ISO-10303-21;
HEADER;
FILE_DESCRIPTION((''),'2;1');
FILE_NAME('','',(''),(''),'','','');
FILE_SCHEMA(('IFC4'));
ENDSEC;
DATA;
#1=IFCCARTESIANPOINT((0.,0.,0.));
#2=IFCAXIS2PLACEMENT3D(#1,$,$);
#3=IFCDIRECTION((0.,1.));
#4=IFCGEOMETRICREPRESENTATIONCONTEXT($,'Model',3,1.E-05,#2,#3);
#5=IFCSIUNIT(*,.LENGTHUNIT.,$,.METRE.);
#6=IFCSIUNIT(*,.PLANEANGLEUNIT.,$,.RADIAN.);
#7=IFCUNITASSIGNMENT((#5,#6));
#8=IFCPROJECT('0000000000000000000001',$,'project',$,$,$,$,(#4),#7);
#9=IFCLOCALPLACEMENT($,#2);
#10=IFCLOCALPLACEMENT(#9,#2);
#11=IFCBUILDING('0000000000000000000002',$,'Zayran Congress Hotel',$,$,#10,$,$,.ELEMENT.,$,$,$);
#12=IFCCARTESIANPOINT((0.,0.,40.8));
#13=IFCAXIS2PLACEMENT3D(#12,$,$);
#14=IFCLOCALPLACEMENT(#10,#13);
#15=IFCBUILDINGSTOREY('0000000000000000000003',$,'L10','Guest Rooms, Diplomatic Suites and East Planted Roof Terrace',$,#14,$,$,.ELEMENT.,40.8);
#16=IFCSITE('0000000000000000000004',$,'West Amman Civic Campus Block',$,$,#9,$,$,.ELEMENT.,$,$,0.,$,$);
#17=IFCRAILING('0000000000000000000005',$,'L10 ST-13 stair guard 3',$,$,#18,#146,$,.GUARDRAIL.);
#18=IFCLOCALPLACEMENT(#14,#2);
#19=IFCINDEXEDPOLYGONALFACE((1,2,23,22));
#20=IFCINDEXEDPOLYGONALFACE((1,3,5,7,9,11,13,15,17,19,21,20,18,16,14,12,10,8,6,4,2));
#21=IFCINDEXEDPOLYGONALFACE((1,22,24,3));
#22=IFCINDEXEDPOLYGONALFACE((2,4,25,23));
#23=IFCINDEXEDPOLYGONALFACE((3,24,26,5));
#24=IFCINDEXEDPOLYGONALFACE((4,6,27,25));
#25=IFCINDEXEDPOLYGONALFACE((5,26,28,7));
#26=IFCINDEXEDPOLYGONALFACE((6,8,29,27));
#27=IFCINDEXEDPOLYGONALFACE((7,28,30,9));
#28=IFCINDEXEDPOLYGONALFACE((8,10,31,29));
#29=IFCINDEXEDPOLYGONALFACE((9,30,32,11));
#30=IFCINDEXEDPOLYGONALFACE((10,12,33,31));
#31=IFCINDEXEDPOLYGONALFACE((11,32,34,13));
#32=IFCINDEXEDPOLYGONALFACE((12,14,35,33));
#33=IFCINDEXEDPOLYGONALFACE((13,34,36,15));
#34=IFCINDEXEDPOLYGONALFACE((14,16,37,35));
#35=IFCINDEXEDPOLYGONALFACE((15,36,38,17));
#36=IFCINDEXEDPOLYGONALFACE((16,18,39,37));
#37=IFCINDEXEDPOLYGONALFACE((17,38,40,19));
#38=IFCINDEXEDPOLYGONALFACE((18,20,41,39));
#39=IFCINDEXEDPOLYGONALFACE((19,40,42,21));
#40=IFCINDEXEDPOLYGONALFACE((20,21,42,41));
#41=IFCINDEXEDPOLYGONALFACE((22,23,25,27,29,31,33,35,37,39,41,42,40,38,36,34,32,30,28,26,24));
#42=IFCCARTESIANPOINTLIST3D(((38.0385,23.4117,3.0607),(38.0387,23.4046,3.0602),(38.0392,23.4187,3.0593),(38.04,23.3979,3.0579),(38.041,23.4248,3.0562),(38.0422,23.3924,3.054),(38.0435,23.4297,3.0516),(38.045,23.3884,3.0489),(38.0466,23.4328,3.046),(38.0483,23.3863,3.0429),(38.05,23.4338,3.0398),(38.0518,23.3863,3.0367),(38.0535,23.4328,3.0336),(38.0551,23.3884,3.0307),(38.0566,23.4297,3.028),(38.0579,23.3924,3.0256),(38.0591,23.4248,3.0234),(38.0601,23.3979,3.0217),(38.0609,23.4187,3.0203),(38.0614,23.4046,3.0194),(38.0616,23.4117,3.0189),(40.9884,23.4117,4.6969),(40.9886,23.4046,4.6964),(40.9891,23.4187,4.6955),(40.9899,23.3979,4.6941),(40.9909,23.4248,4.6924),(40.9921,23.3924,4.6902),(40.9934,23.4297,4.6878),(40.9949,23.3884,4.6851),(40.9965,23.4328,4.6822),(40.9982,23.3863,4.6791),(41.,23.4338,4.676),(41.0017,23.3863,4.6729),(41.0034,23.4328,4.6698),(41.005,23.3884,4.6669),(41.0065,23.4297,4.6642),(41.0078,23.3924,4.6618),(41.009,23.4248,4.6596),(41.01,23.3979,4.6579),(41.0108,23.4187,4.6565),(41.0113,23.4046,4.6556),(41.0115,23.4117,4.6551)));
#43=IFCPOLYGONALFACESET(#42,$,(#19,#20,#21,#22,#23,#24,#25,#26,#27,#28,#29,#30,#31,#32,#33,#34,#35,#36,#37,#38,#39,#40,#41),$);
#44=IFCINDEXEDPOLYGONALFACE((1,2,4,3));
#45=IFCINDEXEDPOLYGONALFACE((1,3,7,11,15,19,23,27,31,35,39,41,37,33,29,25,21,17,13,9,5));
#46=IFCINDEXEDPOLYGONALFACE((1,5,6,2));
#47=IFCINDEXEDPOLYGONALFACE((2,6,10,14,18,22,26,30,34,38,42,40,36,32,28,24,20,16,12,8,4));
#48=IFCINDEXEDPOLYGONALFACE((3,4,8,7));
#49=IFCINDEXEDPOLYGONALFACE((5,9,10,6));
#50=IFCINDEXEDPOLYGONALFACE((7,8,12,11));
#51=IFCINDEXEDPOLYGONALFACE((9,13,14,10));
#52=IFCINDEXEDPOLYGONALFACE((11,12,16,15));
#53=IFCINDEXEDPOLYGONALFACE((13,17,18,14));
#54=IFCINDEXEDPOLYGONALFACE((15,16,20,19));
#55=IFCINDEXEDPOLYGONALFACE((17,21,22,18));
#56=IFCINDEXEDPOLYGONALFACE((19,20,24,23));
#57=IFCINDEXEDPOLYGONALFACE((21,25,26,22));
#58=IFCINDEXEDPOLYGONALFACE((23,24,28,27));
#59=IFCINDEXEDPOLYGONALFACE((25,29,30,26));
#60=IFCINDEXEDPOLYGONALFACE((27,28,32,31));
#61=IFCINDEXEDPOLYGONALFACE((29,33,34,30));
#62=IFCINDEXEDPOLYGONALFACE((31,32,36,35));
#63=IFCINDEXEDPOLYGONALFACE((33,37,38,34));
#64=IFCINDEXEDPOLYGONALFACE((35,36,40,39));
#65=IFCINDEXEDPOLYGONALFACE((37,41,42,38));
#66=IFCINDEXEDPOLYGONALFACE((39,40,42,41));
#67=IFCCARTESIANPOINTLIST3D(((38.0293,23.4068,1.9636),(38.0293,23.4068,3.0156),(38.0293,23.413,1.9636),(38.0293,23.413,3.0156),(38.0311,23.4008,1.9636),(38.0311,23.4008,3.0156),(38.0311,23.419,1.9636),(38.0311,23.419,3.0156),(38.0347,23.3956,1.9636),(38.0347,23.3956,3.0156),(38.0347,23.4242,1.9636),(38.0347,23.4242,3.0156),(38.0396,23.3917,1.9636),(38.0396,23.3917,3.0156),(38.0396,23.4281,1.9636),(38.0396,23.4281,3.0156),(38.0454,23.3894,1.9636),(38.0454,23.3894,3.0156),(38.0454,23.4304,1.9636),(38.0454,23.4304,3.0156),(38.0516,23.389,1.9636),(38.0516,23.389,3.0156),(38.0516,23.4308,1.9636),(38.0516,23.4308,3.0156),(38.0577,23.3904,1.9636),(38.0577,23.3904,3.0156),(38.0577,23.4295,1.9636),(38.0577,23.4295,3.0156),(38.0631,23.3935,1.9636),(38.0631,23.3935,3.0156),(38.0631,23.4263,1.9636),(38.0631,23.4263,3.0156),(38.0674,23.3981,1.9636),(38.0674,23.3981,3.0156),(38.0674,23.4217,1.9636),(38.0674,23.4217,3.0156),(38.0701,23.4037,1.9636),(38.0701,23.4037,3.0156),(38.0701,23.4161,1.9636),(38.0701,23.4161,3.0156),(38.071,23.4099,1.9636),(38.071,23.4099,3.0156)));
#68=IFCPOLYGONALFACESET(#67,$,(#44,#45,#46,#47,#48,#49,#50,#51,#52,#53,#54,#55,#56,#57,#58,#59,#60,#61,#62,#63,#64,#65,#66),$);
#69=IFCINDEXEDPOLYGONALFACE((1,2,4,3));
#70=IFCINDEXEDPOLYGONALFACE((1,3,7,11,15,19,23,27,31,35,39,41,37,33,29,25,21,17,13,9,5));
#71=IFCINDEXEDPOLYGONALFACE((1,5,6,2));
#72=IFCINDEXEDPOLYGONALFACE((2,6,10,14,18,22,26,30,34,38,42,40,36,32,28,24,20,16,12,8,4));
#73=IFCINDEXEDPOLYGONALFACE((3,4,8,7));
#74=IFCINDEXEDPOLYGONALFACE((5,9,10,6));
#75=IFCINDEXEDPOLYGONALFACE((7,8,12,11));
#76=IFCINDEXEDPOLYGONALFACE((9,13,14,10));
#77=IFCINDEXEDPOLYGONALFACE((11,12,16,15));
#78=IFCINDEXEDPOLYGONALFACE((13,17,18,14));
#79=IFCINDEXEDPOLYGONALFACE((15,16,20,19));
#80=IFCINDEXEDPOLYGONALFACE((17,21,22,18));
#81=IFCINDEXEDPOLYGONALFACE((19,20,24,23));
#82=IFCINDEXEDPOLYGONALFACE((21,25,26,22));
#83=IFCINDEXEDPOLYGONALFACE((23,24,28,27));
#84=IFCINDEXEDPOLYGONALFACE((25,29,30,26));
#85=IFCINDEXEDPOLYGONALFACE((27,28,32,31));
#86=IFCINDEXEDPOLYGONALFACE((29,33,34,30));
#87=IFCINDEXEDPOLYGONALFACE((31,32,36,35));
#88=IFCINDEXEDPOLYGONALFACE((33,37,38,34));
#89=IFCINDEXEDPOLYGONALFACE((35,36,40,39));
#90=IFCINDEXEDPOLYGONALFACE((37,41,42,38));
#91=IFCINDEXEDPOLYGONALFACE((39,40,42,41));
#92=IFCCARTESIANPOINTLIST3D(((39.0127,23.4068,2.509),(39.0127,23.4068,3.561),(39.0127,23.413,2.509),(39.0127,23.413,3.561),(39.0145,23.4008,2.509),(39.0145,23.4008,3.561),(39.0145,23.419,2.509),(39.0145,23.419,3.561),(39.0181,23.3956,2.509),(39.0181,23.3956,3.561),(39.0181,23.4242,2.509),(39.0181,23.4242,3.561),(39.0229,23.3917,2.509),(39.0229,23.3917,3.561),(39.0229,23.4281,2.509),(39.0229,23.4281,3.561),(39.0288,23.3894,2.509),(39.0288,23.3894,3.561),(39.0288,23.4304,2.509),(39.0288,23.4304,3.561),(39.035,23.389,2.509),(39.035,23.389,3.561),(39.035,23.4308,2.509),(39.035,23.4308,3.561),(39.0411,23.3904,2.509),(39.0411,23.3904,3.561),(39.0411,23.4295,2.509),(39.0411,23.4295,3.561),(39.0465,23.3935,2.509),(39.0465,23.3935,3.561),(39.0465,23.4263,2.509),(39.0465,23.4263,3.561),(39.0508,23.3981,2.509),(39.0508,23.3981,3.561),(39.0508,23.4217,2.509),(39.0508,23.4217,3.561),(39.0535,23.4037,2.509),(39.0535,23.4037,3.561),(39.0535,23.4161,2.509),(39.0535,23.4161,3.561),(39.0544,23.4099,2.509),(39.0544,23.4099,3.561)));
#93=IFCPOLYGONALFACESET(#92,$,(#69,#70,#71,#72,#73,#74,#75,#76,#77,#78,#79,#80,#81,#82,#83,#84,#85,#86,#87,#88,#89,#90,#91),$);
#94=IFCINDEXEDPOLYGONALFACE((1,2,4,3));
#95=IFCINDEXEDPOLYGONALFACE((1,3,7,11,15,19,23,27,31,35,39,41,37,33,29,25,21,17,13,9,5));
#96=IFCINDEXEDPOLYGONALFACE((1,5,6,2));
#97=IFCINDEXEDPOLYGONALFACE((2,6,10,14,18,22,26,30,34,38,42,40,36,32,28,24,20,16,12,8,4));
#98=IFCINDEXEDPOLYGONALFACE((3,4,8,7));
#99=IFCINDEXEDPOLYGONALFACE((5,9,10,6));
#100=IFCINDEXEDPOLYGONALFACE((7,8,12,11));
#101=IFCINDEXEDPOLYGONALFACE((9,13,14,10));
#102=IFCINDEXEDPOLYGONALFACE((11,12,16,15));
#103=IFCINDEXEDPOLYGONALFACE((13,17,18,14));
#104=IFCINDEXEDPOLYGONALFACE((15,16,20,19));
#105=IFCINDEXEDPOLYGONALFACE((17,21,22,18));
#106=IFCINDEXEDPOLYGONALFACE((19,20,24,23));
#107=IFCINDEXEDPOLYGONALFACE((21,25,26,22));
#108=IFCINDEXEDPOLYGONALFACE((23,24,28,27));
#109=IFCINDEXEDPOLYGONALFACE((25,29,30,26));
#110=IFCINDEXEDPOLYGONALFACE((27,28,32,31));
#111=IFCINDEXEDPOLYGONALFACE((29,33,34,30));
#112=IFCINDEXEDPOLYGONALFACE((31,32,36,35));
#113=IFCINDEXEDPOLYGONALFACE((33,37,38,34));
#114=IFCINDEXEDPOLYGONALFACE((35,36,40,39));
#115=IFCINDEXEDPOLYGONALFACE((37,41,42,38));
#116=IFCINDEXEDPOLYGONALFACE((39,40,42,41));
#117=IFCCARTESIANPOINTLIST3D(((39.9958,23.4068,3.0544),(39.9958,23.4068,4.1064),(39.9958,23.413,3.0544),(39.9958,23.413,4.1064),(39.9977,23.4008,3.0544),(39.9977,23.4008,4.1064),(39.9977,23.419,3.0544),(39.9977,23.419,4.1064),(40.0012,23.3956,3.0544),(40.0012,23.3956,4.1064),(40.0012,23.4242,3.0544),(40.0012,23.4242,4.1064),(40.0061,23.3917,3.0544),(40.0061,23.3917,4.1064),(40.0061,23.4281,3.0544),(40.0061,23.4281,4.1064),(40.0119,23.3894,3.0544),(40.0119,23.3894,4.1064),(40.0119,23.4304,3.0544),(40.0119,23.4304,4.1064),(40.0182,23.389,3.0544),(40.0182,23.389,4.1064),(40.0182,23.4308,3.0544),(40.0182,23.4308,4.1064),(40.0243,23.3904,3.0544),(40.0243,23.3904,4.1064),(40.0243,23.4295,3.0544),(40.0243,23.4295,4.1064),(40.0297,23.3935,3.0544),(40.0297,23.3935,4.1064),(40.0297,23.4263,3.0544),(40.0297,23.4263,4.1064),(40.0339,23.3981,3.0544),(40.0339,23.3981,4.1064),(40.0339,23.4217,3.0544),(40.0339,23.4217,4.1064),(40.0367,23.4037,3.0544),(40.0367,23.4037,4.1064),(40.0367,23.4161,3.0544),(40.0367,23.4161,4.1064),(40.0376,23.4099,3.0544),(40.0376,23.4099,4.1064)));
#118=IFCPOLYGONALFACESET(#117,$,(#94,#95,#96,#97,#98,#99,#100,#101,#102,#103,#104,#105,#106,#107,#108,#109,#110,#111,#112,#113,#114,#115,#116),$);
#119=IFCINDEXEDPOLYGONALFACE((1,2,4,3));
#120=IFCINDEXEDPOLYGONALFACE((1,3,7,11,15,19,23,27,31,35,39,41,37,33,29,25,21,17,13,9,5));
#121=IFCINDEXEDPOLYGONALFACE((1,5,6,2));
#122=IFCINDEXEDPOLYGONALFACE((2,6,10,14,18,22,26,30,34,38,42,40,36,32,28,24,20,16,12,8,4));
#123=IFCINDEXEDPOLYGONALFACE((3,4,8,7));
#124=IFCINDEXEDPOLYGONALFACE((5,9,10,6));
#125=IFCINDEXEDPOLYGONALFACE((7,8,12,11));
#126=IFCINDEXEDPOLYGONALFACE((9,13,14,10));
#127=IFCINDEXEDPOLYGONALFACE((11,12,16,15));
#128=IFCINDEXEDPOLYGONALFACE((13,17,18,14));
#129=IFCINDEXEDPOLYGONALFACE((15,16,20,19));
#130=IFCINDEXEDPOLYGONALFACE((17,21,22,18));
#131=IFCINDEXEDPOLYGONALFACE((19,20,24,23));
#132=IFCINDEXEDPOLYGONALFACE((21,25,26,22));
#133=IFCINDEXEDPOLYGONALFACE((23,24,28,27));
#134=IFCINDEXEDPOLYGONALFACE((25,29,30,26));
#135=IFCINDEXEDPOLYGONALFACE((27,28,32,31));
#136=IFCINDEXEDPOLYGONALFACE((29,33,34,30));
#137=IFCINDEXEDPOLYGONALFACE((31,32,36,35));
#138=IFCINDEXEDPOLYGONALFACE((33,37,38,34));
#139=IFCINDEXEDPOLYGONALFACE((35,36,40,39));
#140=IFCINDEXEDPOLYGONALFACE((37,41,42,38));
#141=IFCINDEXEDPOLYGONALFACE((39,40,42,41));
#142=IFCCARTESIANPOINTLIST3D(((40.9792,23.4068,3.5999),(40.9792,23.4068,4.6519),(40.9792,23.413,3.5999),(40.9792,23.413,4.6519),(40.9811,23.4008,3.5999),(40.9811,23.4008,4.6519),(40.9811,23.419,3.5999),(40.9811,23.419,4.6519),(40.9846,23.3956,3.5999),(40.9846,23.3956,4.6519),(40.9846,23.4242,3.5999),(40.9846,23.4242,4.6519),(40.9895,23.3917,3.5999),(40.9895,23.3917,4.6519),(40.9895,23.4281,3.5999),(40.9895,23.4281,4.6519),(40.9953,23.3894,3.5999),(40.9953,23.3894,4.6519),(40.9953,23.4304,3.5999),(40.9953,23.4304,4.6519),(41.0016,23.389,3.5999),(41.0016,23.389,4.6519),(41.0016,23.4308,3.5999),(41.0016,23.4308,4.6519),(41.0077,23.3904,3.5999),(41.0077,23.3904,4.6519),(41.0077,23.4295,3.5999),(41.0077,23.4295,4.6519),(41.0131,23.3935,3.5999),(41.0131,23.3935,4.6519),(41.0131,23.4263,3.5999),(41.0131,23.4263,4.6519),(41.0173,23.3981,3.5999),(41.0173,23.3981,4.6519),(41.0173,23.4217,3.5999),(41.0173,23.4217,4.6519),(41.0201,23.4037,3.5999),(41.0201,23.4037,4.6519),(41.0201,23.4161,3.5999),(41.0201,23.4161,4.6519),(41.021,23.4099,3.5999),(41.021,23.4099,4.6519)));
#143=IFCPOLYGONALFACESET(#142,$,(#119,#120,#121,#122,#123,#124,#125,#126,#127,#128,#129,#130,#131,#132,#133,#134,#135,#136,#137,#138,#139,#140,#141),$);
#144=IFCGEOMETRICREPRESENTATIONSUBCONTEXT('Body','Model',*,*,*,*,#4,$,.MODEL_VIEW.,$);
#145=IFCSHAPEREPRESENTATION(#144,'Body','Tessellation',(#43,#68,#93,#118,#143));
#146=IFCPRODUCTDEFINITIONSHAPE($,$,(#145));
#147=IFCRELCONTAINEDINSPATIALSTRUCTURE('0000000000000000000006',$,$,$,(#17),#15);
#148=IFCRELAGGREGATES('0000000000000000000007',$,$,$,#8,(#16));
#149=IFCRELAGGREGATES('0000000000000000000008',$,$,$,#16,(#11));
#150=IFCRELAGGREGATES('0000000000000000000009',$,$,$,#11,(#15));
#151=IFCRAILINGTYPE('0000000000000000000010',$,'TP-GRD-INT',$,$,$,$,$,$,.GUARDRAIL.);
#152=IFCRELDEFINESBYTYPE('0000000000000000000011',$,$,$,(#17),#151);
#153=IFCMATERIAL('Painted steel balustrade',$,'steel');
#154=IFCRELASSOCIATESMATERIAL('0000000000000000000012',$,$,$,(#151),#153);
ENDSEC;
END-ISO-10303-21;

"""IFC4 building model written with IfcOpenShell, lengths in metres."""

from ifc_helpers import new_model, si_unit, direction, frame, origin, origin_2d, place, context, subcontext, project, spatial, circle, extrude, material, type_object, element, save


model = new_model("IFC4")

# Units and contexts
model_context = context("Model", 3, precision=1e-05, world=origin(), true_north=direction((0.0, 1.0)))
body_context = subcontext(model_context, "Body", "Model", "MODEL_VIEW")
ifc_project = project(units=[si_unit("LENGTHUNIT", "METRE"), si_unit("PLANEANGLEUNIT", "RADIAN")], contexts=[model_context])

# Site, building, storey
site_placement = place(None, origin())
site = spatial("IfcSite", under=ifc_project, at=site_placement, Name="West Amman Civic Campus Block", CompositionType="ELEMENT", RefElevation=0.0)
building_placement = place(site_placement, origin())
building = spatial("IfcBuilding", under=site, at=building_placement, Name="Zayran Congress Hotel", CompositionType="ELEMENT")
storey_placement = place(building_placement, frame((0.0, 0.0, 40.8)))
storey = spatial("IfcBuildingStorey", under=building, at=storey_placement, Name="L10", Description="Guest Rooms, Diplomatic Suites and East Planted Roof Terrace", CompositionType="ELEMENT", Elevation=40.8)

# Railing
ifc_material_1 = material(Name="Painted steel balustrade", Category="steel")
railing_type_1 = type_object("IfcRailingType", Name="TP-GRD-INT", PredefinedType="GUARDRAIL", material=ifc_material_1)
railing_1_placement = place(storey_placement, frame((38.05, 23.4099, 1.9636)))
element("IfcRailing", 1, at=railing_1_placement, inside=storey, type_object=railing_type_1, Name="L10 ST-13 stair guard 3", PredefinedType="GUARDRAIL", context=body_context, shape_type="SweptSolid", body=[
    extrude(circle(Radius=0.0239, at=origin_2d()), frame((0.0, 0.0, 1.0762), z_axis=(0.874488, 0.0, 0.485047), x_axis=(0.0, 1.0, 0.0)), (0.0, 0.0, 1.0), 3.3733),
    extrude(circle(Radius=0.021, at=origin_2d()), origin(), (0.0, 0.0, 1.0), 1.052),
    extrude(circle(Radius=0.021, at=origin_2d()), frame((0.9834, 0.0, 0.5454)), (0.0, 0.0, 1.0), 1.052),
    extrude(circle(Radius=0.021, at=origin_2d()), frame((1.9666, 0.0, 1.0908)), (0.0, 0.0, 1.0), 1.052),
    extrude(circle(Radius=0.021, at=origin_2d()), frame((2.95, 0.0, 1.6362)), (0.0, 0.0, 1.0), 1.052),
])

save(model, "model.ifc")
